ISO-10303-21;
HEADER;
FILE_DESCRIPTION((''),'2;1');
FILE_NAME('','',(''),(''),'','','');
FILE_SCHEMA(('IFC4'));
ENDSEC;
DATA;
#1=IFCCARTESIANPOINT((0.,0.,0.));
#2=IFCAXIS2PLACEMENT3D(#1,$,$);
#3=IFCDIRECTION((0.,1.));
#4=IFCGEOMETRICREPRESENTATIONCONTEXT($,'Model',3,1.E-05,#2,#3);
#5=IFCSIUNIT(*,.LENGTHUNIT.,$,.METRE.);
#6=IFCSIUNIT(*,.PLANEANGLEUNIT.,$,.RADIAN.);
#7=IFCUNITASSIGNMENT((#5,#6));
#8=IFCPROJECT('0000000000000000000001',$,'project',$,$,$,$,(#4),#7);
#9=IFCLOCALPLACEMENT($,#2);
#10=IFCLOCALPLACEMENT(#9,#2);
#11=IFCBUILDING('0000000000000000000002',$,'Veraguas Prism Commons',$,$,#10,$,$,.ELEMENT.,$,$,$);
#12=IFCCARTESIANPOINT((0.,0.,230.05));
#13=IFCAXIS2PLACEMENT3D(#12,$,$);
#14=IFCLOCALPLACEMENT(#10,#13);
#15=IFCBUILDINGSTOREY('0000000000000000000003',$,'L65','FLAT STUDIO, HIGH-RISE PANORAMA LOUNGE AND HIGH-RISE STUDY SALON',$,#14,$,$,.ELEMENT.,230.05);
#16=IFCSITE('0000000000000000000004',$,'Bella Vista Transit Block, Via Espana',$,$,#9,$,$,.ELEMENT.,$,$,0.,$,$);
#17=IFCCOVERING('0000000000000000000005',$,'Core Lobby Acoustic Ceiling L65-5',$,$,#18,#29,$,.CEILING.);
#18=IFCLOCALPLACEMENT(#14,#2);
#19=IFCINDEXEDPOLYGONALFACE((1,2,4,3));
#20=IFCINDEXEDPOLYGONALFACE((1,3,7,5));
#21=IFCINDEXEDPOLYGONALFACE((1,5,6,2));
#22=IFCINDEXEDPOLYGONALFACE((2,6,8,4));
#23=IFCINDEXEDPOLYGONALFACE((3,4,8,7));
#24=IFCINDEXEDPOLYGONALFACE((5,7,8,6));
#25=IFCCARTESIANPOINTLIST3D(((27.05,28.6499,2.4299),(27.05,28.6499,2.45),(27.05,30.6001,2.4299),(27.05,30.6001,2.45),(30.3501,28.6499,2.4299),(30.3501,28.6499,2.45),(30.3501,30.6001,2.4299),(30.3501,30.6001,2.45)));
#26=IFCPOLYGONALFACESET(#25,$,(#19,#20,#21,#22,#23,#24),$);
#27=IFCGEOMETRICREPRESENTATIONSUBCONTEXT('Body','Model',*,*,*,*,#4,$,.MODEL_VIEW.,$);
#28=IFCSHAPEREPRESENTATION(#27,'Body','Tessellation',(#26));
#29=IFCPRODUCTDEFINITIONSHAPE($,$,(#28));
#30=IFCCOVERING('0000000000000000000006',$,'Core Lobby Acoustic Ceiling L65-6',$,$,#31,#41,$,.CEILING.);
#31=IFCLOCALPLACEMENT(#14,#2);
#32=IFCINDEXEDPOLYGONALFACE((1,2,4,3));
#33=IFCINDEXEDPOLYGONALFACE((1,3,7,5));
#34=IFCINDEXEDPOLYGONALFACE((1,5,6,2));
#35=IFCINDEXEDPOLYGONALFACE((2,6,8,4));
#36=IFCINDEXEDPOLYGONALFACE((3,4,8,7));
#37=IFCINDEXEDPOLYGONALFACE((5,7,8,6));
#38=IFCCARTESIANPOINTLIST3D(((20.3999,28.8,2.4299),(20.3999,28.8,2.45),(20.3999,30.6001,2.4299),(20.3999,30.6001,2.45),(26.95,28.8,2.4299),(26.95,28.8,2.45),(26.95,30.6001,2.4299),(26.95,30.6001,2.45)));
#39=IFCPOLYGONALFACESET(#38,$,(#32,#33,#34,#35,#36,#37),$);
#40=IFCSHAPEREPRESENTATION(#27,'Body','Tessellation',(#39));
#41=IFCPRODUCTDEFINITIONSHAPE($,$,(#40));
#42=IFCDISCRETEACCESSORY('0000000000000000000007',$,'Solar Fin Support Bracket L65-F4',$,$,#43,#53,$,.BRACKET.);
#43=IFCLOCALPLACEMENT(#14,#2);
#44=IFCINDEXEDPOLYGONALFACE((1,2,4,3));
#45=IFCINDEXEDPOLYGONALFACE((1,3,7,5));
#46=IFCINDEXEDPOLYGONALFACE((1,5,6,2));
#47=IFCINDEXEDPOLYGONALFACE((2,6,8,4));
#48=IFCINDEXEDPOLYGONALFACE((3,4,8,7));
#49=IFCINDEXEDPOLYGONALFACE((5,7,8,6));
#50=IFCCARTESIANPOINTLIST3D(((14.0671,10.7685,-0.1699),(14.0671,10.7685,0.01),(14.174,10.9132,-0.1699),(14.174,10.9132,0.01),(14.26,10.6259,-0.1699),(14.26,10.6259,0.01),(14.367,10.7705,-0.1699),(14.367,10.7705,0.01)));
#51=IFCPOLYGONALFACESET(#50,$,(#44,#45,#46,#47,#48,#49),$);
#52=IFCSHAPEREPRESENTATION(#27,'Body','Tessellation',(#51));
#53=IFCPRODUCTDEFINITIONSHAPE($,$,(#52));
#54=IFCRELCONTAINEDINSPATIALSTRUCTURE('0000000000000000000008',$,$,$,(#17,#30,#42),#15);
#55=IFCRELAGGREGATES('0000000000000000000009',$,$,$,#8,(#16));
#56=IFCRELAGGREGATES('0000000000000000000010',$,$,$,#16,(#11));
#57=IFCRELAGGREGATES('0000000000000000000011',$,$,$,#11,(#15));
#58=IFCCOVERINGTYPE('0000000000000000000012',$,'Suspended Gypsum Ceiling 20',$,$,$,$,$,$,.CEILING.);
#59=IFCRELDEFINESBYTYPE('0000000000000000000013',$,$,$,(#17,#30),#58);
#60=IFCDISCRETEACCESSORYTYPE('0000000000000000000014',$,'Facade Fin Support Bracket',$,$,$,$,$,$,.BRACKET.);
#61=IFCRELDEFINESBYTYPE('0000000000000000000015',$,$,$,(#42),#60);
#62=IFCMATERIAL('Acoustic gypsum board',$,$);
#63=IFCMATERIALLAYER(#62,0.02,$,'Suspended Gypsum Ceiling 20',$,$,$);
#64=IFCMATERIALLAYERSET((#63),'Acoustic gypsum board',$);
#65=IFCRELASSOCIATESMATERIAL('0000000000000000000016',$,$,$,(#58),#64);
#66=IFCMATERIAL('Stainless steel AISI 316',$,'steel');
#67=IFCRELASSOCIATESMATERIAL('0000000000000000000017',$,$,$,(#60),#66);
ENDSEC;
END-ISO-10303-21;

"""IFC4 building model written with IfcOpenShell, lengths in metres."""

from ifc_helpers import new_model, si_unit, direction, frame, origin, origin_2d, place, context, subcontext, project, spatial, polyline, rectangle, outline, extrude, source, transform, mapped, material, layer, layer_set, type_object, element, save


model = new_model("IFC4")

# Units and contexts
model_context = context("Model", 3, precision=1e-05, world=origin(), true_north=direction((0.0, 1.0)))
body_context = subcontext(model_context, "Body", "Model", "MODEL_VIEW")
ifc_project = project(units=[si_unit("LENGTHUNIT", "METRE"), si_unit("PLANEANGLEUNIT", "RADIAN")], contexts=[model_context])

# Site, building, storey
site_placement = place(None, origin())
site = spatial("IfcSite", under=ifc_project, at=site_placement, Name="Bella Vista Transit Block, Via Espana", CompositionType="ELEMENT", RefElevation=0.0)
building_placement = place(site_placement, origin())
building = spatial("IfcBuilding", under=site, at=building_placement, Name="Veraguas Prism Commons", CompositionType="ELEMENT")
storey_placement = place(building_placement, frame((0.0, 0.0, 230.05)))
storey = spatial("IfcBuildingStorey", under=building, at=storey_placement, Name="L65", Description="FLAT STUDIO, HIGH-RISE PANORAMA LOUNGE AND HIGH-RISE STUDY SALON", CompositionType="ELEMENT", Elevation=230.05)

# Shared definitions
ifc_material_1 = material(Name="Acoustic gypsum board")

# Shared definitions
ifc_material_2 = material(Name="Stainless steel AISI 316", Category="steel")

# Coverings
ifc_layer_1 = layer(ifc_material_1, 0.02, Name="Suspended Gypsum Ceiling 20")
ifc_layer_set_1 = layer_set([ifc_layer_1], Name="Acoustic gypsum board")
covering_type_1 = type_object("IfcCoveringType", Name="Suspended Gypsum Ceiling 20", PredefinedType="CEILING", material=ifc_layer_set_1)
covering_1_placement = place(storey_placement, frame((0.0, 0.0, 2.4299)))
element("IfcCovering", 1, at=covering_1_placement, inside=storey, type_object=covering_type_1, Name="Core Lobby Acoustic Ceiling L65-5", PredefinedType="CEILING", context=body_context, shape_type="SweptSolid", body=[
    extrude(outline(polyline([(27.05, 28.6499), (30.3501, 28.6499), (30.3501, 30.6001), (27.05, 30.6001), (27.05, 28.6499)])), origin(), (0.0, 0.0, 1.0), 0.02),
])
covering_2_placement = place(storey_placement, frame((0.0, 0.0, 2.4299)))
element("IfcCovering", 2, at=covering_2_placement, inside=storey, type_object=covering_type_1, Name="Core Lobby Acoustic Ceiling L65-6", PredefinedType="CEILING", context=body_context, shape_type="SweptSolid", body=[
    extrude(outline(polyline([(20.3999, 28.8), (26.95, 28.8), (26.95, 30.6001), (20.3999, 30.6001), (20.3999, 28.8)])), origin(), (0.0, 0.0, 1.0), 0.02),
])

# Discrete accessory
discrete_accessory_type = type_object("IfcDiscreteAccessoryType", Name="Facade Fin Support Bracket", PredefinedType="BRACKET", material=ifc_material_2)
shared_shape_1 = source(origin(), body_context, "Body", "SweptSolid", [
    extrude(rectangle(XDim=0.24, YDim=0.1799, at=origin_2d()), origin(), (0.0, 0.0, 1.0), 0.1799),
])
discrete_accessory_placement = place(storey_placement, frame((14.217, 10.7695, -0.1699), z_axis=(0.0, 0.0, 1.0), x_axis=(0.804063, -0.594544, 0.0)))
element("IfcDiscreteAccessory", 3, at=discrete_accessory_placement, inside=storey, type_object=discrete_accessory_type, Name="Solar Fin Support Bracket L65-F4", PredefinedType="BRACKET", context=body_context, shape_type="MappedRepresentation", body=[
    mapped(shared_shape_1, transform((0.0, 0.0, 0.0), scale=1.0)),
])

save(model, "model.ifc")
